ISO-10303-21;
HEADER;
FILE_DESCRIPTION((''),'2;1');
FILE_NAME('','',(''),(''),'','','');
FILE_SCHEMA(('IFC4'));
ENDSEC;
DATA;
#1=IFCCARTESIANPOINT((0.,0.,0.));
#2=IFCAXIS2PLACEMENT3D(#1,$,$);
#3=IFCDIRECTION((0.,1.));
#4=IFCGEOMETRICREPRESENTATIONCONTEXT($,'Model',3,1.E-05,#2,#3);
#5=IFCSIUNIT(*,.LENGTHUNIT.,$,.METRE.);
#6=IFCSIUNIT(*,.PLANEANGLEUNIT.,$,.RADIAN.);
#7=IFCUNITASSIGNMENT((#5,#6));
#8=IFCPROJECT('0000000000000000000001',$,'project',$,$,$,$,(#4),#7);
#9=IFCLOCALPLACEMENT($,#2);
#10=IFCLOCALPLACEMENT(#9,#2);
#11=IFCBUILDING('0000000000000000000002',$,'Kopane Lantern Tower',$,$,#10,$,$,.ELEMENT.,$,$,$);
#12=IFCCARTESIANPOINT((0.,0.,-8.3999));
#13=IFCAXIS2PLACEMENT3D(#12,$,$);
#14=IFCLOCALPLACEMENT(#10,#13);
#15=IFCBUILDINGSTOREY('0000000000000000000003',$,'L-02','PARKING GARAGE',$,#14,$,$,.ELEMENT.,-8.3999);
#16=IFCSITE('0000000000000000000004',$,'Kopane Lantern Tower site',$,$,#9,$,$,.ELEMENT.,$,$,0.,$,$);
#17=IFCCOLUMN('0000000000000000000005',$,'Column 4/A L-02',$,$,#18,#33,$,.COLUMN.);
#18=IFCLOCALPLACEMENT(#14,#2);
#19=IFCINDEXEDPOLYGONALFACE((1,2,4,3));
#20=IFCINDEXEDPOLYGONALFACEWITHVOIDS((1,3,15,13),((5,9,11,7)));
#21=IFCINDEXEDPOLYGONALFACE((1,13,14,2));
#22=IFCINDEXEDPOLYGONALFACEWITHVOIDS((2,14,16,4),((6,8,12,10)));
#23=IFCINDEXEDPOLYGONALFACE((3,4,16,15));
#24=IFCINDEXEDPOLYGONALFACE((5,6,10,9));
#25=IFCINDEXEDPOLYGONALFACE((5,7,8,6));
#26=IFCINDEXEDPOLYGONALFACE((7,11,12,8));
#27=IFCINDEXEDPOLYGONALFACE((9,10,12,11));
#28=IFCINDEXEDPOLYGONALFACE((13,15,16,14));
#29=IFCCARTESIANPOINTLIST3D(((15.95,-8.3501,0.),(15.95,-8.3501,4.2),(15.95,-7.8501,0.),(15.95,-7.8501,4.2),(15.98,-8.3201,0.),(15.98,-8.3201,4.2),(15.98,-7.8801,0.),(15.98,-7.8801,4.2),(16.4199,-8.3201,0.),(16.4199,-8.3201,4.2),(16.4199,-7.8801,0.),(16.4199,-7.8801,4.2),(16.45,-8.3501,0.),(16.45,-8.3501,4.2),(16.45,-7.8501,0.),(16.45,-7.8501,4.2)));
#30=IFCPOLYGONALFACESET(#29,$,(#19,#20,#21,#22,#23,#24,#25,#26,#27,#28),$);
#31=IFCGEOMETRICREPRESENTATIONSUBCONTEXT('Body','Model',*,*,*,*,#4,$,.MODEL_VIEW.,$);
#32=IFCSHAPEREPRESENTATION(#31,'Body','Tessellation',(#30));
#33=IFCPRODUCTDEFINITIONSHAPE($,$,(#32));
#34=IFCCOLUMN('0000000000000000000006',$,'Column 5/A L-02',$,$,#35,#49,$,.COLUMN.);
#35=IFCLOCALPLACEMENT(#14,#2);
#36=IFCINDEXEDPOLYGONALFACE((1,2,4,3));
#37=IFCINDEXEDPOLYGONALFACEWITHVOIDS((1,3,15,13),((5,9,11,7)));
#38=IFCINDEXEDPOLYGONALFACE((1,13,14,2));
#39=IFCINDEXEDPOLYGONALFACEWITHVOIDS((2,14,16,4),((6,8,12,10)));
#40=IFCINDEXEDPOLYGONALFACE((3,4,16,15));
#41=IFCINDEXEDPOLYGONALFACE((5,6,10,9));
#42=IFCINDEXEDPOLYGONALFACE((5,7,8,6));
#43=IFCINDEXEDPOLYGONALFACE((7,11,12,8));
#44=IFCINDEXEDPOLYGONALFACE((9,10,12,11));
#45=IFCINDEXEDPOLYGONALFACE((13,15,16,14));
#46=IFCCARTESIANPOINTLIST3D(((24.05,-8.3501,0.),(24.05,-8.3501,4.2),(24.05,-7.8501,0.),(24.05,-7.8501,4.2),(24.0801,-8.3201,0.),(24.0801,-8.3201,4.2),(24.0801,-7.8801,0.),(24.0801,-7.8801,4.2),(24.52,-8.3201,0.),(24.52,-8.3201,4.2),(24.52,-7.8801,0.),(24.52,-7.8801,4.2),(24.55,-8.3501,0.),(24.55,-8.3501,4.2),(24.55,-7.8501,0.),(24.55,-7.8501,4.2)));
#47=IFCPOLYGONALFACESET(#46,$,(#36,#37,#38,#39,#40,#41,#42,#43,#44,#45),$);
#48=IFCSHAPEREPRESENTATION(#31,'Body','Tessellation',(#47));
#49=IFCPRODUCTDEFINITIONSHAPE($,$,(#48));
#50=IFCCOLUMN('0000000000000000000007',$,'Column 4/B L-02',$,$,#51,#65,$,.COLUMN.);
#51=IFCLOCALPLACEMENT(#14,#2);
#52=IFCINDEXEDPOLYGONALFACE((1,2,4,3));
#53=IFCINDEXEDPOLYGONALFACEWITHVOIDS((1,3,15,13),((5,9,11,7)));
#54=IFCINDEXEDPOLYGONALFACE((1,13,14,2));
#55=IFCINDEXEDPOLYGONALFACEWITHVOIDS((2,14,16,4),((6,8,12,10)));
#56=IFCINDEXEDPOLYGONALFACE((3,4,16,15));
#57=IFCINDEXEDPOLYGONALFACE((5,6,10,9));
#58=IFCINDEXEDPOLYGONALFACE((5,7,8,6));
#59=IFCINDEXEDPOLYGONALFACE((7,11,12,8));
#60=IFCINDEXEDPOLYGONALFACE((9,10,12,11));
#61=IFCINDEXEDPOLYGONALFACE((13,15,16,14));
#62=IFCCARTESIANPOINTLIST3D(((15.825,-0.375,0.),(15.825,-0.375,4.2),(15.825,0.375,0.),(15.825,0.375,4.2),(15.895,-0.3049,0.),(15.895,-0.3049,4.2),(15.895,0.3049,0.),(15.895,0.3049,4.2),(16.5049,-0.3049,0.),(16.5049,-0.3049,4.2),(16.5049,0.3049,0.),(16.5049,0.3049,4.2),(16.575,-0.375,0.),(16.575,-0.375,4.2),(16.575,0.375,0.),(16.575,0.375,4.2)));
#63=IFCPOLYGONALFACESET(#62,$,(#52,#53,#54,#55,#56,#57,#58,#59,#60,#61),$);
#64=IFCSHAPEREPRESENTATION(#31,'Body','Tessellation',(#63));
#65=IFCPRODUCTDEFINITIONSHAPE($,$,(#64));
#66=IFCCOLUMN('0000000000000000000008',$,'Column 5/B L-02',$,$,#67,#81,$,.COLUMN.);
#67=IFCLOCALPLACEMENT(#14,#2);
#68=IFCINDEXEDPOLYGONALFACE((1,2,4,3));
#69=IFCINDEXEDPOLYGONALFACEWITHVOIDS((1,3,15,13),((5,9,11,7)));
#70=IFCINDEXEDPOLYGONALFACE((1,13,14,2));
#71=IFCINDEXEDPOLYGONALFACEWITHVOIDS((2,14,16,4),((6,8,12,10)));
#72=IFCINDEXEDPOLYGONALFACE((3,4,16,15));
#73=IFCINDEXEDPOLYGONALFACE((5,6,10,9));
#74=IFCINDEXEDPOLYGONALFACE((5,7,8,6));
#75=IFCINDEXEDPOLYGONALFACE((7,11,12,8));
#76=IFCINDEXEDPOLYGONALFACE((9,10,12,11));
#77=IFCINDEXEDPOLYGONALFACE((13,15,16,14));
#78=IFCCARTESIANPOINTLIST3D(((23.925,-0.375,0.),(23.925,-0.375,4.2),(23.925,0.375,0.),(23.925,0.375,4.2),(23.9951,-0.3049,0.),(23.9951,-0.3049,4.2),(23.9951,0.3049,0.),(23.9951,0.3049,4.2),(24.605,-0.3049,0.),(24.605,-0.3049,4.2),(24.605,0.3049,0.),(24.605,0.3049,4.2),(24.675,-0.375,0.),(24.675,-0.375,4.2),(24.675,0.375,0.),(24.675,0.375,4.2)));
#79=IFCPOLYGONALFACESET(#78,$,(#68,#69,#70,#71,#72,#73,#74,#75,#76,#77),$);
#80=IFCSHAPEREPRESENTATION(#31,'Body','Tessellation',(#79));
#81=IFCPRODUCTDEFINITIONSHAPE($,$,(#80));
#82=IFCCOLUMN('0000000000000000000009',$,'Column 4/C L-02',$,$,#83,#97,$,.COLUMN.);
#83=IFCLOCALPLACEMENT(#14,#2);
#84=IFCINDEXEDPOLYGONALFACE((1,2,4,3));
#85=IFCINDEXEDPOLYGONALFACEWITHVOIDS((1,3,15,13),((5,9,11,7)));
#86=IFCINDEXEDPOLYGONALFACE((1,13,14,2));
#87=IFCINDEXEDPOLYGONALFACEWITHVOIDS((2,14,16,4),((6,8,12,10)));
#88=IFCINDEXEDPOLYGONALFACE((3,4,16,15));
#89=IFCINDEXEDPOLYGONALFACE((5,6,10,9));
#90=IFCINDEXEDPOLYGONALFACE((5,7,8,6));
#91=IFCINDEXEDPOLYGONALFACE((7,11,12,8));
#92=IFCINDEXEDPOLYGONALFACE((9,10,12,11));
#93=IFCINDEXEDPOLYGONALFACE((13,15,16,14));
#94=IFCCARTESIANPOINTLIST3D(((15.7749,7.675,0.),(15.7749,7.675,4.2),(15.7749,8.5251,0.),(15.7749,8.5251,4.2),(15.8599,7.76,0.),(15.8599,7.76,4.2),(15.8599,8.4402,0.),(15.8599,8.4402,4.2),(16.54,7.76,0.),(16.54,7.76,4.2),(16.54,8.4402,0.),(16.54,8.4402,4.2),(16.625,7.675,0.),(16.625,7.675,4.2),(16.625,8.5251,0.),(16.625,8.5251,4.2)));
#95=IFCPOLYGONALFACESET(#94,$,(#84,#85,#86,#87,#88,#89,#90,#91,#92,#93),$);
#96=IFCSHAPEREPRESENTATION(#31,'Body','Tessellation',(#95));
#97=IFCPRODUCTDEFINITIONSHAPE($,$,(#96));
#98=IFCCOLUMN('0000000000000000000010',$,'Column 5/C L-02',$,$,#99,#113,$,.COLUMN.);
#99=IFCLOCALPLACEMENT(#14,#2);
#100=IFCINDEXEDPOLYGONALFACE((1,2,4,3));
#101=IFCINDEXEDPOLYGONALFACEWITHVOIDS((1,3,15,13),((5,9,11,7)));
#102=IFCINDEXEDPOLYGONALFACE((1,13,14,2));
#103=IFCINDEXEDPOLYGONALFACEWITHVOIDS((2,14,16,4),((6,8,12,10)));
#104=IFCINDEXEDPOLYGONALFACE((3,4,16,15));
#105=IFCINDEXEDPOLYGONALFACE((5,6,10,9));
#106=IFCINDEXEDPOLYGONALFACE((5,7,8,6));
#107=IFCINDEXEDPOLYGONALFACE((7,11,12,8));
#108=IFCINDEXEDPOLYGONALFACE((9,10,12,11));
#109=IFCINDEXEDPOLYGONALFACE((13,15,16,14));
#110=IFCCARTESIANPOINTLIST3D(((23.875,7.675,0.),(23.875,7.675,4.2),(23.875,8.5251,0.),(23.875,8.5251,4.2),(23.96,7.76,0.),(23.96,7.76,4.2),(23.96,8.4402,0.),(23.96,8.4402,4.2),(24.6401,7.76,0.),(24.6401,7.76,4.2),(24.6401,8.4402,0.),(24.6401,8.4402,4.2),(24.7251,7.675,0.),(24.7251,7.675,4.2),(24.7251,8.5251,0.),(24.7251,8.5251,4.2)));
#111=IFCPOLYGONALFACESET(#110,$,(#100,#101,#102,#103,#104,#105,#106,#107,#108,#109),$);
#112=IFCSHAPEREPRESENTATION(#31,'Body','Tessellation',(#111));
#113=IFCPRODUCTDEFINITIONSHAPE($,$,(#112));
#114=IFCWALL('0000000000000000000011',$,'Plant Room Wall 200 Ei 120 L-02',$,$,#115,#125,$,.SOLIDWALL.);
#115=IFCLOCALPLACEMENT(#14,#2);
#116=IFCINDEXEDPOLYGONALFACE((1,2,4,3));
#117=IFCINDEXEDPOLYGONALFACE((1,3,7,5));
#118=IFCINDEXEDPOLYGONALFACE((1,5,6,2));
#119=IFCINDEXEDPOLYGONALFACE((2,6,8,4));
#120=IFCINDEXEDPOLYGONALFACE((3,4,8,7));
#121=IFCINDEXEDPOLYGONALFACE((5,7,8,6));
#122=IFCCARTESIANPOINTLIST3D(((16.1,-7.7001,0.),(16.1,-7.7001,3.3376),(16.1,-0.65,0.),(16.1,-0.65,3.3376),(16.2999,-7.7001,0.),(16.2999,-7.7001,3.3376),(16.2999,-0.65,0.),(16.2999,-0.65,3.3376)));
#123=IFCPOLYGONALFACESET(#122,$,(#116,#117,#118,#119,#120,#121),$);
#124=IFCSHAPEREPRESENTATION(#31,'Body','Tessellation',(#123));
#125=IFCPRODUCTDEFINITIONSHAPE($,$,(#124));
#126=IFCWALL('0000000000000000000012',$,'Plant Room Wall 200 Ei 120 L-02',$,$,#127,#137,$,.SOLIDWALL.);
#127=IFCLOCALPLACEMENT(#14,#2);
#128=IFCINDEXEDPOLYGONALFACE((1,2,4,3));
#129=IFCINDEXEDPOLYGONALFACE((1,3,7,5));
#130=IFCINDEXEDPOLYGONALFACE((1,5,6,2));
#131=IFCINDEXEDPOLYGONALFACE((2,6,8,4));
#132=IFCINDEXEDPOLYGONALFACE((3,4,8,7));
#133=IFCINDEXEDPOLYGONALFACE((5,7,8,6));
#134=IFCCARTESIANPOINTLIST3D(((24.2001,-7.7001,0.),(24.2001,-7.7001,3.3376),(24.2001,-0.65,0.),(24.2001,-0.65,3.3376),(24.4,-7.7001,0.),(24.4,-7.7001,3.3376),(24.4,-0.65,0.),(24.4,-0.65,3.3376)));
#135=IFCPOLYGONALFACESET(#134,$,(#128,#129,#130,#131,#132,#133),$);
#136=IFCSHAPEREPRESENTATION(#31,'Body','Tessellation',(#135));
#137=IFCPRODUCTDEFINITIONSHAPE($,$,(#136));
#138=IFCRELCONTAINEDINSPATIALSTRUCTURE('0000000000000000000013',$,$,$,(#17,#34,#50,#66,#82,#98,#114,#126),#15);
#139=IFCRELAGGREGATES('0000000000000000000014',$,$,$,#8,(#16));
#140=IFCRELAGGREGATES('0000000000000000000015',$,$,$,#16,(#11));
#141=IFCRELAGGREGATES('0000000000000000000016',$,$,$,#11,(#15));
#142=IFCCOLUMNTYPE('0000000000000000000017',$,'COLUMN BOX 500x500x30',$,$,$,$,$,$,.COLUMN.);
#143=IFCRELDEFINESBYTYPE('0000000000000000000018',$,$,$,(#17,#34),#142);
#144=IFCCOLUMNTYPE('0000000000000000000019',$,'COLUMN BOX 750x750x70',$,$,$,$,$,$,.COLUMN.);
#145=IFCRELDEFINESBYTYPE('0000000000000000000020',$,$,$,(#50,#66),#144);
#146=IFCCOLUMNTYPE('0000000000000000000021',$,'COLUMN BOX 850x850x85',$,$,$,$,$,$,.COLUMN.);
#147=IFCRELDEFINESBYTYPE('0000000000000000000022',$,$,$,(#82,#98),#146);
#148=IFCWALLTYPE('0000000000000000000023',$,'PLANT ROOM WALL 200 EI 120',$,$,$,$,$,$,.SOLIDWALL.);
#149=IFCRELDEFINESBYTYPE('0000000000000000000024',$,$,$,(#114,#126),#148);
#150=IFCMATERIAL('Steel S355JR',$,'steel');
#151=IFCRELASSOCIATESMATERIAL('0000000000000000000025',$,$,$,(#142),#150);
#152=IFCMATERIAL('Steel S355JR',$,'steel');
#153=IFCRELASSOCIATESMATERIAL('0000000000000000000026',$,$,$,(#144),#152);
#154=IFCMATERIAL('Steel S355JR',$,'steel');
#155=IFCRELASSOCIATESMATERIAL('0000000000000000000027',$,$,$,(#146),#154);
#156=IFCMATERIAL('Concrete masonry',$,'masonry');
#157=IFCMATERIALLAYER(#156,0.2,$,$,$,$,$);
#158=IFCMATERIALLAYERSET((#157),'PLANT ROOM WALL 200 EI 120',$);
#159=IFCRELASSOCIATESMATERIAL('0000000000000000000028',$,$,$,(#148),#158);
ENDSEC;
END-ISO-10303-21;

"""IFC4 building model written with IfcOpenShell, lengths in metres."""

from ifc_helpers import new_model, si_unit, direction, frame, frame_2d, origin, origin_2d, place, context, subcontext, project, spatial, rectangle, hollow_rectangle, extrude, material, layer, layer_set, material_profile, profile_set, type_object, element, save


model = new_model("IFC4")

# Units and contexts
model_context = context("Model", 3, precision=1e-05, world=origin(), true_north=direction((0.0, 1.0)))
body_context = subcontext(model_context, "Body", "Model", "MODEL_VIEW")
ifc_project = project(units=[si_unit("LENGTHUNIT", "METRE"), si_unit("PLANEANGLEUNIT", "RADIAN")], contexts=[model_context])

# Site, building, storey
site_placement = place(None, origin())
site = spatial("IfcSite", under=ifc_project, at=site_placement, Name="Kopane Lantern Tower site", CompositionType="ELEMENT", RefElevation=0.0)
building_placement = place(site_placement, origin())
building = spatial("IfcBuilding", under=site, at=building_placement, Name="Kopane Lantern Tower", CompositionType="ELEMENT")
storey_placement = place(building_placement, frame((0.0, 0.0, -8.3999)))
storey = spatial("IfcBuildingStorey", under=building, at=storey_placement, Name="L-02", Description="PARKING GARAGE", CompositionType="ELEMENT", Elevation=-8.3999)

# Columns
ifc_material_1 = material(Name="Steel S355JR", Category="steel")
ifc_material_profile_1 = material_profile(ifc_material_1, hollow_rectangle(XDim=0.5, YDim=0.5, WallThickness=0.03, at=origin_2d()), Name="BOX 500x500x30")
ifc_profile_set_1 = profile_set([ifc_material_profile_1], Name="Steel S355JR")
column_type_1 = type_object("IfcColumnType", Name="COLUMN BOX 500x500x30", PredefinedType="COLUMN", material=ifc_profile_set_1)
for number, where, z_axis, x_axis, name in (
    (1, (16.2, -8.1001, 0.0), (0.0, 0.0, 1.0), (1.0, 0.0, 0.0), "Column 4/A L-02"),
    (2, (24.3, -8.1001, 0.0), (0.0, 0.0, 1.0), (1.0, 0.0, 0.0), "Column 5/A L-02"),
):
    element("IfcColumn", number, at=place(storey_placement, frame(where, z_axis=z_axis, x_axis=x_axis)), inside=storey, type_object=column_type_1, Name=name, PredefinedType="COLUMN", context=body_context, shape_type="SweptSolid", body=[
        extrude(hollow_rectangle(XDim=0.5, YDim=0.5, WallThickness=0.03, at=origin_2d()), origin(), (0.0, 0.0, 1.0), 4.2),
    ])
ifc_material_2 = material(Name="Steel S355JR", Category="steel")
ifc_material_profile_2 = material_profile(ifc_material_2, hollow_rectangle(XDim=0.75, YDim=0.75, WallThickness=0.0701, at=origin_2d()), Name="BOX 750x750x70")
ifc_profile_set_2 = profile_set([ifc_material_profile_2], Name="Steel S355JR")
column_type_2 = type_object("IfcColumnType", Name="COLUMN BOX 750x750x70", PredefinedType="COLUMN", material=ifc_profile_set_2)
for number, where, z_axis, x_axis, name in (
    (3, (16.2, 0.0, 0.0), (0.0, 0.0, 1.0), (1.0, 0.0, 0.0), "Column 4/B L-02"),
    (4, (24.3, 0.0, 0.0), (0.0, 0.0, 1.0), (1.0, 0.0, 0.0), "Column 5/B L-02"),
):
    element("IfcColumn", number, at=place(storey_placement, frame(where, z_axis=z_axis, x_axis=x_axis)), inside=storey, type_object=column_type_2, Name=name, PredefinedType="COLUMN", context=body_context, shape_type="SweptSolid", body=[
        extrude(hollow_rectangle(XDim=0.75, YDim=0.75, WallThickness=0.0701, at=origin_2d()), origin(), (0.0, 0.0, 1.0), 4.2),
    ])
ifc_material_3 = material(Name="Steel S355JR", Category="steel")
ifc_material_profile_3 = material_profile(ifc_material_3, hollow_rectangle(XDim=0.8501, YDim=0.8501, WallThickness=0.085, at=origin_2d()), Name="BOX 850x850x85")
ifc_profile_set_3 = profile_set([ifc_material_profile_3], Name="Steel S355JR")
column_type_3 = type_object("IfcColumnType", Name="COLUMN BOX 850x850x85", PredefinedType="COLUMN", material=ifc_profile_set_3)
for number, where, z_axis, x_axis, name in (
    (5, (16.2, 8.1001, 0.0), (0.0, 0.0, 1.0), (1.0, 0.0, 0.0), "Column 4/C L-02"),
    (6, (24.3, 8.1001, 0.0), (0.0, 0.0, 1.0), (1.0, 0.0, 0.0), "Column 5/C L-02"),
):
    element("IfcColumn", number, at=place(storey_placement, frame(where, z_axis=z_axis, x_axis=x_axis)), inside=storey, type_object=column_type_3, Name=name, PredefinedType="COLUMN", context=body_context, shape_type="SweptSolid", body=[
        extrude(hollow_rectangle(XDim=0.8501, YDim=0.8501, WallThickness=0.085, at=origin_2d()), origin(), (0.0, 0.0, 1.0), 4.2),
    ])

# Shared definitions
ifc_material_4 = material(Name="Concrete masonry", Category="masonry")
ifc_layer = layer(ifc_material_4, 0.2)
ifc_layer_set = layer_set([ifc_layer], Name="PLANT ROOM WALL 200 EI 120")
wall_type = type_object("IfcWallType", Name="PLANT ROOM WALL 200 EI 120", PredefinedType="SOLIDWALL", material=ifc_layer_set)

# Walls
for number, where, z_axis, x_axis, name in (
    (7, (16.2, -7.7, 0.0), (0.0, 0.0, 1.0), (0.0, 1.0, 0.0), "Plant Room Wall 200 Ei 120 L-02"),
    (8, (24.3, -7.7, 0.0), (0.0, 0.0, 1.0), (0.0, 1.0, 0.0), "Plant Room Wall 200 Ei 120 L-02"),
):
    element("IfcWall", number, at=place(storey_placement, frame(where, z_axis=z_axis, x_axis=x_axis)), inside=storey, type_object=wall_type, Name=name, PredefinedType="SOLIDWALL", context=body_context, shape_type="SweptSolid", body=[
        extrude(rectangle(XDim=7.05, YDim=0.2, at=frame_2d((3.5249, 0.0))), origin(), (0.0, 0.0, 1.0), 3.3376),
    ])

save(model, "model.ifc")
